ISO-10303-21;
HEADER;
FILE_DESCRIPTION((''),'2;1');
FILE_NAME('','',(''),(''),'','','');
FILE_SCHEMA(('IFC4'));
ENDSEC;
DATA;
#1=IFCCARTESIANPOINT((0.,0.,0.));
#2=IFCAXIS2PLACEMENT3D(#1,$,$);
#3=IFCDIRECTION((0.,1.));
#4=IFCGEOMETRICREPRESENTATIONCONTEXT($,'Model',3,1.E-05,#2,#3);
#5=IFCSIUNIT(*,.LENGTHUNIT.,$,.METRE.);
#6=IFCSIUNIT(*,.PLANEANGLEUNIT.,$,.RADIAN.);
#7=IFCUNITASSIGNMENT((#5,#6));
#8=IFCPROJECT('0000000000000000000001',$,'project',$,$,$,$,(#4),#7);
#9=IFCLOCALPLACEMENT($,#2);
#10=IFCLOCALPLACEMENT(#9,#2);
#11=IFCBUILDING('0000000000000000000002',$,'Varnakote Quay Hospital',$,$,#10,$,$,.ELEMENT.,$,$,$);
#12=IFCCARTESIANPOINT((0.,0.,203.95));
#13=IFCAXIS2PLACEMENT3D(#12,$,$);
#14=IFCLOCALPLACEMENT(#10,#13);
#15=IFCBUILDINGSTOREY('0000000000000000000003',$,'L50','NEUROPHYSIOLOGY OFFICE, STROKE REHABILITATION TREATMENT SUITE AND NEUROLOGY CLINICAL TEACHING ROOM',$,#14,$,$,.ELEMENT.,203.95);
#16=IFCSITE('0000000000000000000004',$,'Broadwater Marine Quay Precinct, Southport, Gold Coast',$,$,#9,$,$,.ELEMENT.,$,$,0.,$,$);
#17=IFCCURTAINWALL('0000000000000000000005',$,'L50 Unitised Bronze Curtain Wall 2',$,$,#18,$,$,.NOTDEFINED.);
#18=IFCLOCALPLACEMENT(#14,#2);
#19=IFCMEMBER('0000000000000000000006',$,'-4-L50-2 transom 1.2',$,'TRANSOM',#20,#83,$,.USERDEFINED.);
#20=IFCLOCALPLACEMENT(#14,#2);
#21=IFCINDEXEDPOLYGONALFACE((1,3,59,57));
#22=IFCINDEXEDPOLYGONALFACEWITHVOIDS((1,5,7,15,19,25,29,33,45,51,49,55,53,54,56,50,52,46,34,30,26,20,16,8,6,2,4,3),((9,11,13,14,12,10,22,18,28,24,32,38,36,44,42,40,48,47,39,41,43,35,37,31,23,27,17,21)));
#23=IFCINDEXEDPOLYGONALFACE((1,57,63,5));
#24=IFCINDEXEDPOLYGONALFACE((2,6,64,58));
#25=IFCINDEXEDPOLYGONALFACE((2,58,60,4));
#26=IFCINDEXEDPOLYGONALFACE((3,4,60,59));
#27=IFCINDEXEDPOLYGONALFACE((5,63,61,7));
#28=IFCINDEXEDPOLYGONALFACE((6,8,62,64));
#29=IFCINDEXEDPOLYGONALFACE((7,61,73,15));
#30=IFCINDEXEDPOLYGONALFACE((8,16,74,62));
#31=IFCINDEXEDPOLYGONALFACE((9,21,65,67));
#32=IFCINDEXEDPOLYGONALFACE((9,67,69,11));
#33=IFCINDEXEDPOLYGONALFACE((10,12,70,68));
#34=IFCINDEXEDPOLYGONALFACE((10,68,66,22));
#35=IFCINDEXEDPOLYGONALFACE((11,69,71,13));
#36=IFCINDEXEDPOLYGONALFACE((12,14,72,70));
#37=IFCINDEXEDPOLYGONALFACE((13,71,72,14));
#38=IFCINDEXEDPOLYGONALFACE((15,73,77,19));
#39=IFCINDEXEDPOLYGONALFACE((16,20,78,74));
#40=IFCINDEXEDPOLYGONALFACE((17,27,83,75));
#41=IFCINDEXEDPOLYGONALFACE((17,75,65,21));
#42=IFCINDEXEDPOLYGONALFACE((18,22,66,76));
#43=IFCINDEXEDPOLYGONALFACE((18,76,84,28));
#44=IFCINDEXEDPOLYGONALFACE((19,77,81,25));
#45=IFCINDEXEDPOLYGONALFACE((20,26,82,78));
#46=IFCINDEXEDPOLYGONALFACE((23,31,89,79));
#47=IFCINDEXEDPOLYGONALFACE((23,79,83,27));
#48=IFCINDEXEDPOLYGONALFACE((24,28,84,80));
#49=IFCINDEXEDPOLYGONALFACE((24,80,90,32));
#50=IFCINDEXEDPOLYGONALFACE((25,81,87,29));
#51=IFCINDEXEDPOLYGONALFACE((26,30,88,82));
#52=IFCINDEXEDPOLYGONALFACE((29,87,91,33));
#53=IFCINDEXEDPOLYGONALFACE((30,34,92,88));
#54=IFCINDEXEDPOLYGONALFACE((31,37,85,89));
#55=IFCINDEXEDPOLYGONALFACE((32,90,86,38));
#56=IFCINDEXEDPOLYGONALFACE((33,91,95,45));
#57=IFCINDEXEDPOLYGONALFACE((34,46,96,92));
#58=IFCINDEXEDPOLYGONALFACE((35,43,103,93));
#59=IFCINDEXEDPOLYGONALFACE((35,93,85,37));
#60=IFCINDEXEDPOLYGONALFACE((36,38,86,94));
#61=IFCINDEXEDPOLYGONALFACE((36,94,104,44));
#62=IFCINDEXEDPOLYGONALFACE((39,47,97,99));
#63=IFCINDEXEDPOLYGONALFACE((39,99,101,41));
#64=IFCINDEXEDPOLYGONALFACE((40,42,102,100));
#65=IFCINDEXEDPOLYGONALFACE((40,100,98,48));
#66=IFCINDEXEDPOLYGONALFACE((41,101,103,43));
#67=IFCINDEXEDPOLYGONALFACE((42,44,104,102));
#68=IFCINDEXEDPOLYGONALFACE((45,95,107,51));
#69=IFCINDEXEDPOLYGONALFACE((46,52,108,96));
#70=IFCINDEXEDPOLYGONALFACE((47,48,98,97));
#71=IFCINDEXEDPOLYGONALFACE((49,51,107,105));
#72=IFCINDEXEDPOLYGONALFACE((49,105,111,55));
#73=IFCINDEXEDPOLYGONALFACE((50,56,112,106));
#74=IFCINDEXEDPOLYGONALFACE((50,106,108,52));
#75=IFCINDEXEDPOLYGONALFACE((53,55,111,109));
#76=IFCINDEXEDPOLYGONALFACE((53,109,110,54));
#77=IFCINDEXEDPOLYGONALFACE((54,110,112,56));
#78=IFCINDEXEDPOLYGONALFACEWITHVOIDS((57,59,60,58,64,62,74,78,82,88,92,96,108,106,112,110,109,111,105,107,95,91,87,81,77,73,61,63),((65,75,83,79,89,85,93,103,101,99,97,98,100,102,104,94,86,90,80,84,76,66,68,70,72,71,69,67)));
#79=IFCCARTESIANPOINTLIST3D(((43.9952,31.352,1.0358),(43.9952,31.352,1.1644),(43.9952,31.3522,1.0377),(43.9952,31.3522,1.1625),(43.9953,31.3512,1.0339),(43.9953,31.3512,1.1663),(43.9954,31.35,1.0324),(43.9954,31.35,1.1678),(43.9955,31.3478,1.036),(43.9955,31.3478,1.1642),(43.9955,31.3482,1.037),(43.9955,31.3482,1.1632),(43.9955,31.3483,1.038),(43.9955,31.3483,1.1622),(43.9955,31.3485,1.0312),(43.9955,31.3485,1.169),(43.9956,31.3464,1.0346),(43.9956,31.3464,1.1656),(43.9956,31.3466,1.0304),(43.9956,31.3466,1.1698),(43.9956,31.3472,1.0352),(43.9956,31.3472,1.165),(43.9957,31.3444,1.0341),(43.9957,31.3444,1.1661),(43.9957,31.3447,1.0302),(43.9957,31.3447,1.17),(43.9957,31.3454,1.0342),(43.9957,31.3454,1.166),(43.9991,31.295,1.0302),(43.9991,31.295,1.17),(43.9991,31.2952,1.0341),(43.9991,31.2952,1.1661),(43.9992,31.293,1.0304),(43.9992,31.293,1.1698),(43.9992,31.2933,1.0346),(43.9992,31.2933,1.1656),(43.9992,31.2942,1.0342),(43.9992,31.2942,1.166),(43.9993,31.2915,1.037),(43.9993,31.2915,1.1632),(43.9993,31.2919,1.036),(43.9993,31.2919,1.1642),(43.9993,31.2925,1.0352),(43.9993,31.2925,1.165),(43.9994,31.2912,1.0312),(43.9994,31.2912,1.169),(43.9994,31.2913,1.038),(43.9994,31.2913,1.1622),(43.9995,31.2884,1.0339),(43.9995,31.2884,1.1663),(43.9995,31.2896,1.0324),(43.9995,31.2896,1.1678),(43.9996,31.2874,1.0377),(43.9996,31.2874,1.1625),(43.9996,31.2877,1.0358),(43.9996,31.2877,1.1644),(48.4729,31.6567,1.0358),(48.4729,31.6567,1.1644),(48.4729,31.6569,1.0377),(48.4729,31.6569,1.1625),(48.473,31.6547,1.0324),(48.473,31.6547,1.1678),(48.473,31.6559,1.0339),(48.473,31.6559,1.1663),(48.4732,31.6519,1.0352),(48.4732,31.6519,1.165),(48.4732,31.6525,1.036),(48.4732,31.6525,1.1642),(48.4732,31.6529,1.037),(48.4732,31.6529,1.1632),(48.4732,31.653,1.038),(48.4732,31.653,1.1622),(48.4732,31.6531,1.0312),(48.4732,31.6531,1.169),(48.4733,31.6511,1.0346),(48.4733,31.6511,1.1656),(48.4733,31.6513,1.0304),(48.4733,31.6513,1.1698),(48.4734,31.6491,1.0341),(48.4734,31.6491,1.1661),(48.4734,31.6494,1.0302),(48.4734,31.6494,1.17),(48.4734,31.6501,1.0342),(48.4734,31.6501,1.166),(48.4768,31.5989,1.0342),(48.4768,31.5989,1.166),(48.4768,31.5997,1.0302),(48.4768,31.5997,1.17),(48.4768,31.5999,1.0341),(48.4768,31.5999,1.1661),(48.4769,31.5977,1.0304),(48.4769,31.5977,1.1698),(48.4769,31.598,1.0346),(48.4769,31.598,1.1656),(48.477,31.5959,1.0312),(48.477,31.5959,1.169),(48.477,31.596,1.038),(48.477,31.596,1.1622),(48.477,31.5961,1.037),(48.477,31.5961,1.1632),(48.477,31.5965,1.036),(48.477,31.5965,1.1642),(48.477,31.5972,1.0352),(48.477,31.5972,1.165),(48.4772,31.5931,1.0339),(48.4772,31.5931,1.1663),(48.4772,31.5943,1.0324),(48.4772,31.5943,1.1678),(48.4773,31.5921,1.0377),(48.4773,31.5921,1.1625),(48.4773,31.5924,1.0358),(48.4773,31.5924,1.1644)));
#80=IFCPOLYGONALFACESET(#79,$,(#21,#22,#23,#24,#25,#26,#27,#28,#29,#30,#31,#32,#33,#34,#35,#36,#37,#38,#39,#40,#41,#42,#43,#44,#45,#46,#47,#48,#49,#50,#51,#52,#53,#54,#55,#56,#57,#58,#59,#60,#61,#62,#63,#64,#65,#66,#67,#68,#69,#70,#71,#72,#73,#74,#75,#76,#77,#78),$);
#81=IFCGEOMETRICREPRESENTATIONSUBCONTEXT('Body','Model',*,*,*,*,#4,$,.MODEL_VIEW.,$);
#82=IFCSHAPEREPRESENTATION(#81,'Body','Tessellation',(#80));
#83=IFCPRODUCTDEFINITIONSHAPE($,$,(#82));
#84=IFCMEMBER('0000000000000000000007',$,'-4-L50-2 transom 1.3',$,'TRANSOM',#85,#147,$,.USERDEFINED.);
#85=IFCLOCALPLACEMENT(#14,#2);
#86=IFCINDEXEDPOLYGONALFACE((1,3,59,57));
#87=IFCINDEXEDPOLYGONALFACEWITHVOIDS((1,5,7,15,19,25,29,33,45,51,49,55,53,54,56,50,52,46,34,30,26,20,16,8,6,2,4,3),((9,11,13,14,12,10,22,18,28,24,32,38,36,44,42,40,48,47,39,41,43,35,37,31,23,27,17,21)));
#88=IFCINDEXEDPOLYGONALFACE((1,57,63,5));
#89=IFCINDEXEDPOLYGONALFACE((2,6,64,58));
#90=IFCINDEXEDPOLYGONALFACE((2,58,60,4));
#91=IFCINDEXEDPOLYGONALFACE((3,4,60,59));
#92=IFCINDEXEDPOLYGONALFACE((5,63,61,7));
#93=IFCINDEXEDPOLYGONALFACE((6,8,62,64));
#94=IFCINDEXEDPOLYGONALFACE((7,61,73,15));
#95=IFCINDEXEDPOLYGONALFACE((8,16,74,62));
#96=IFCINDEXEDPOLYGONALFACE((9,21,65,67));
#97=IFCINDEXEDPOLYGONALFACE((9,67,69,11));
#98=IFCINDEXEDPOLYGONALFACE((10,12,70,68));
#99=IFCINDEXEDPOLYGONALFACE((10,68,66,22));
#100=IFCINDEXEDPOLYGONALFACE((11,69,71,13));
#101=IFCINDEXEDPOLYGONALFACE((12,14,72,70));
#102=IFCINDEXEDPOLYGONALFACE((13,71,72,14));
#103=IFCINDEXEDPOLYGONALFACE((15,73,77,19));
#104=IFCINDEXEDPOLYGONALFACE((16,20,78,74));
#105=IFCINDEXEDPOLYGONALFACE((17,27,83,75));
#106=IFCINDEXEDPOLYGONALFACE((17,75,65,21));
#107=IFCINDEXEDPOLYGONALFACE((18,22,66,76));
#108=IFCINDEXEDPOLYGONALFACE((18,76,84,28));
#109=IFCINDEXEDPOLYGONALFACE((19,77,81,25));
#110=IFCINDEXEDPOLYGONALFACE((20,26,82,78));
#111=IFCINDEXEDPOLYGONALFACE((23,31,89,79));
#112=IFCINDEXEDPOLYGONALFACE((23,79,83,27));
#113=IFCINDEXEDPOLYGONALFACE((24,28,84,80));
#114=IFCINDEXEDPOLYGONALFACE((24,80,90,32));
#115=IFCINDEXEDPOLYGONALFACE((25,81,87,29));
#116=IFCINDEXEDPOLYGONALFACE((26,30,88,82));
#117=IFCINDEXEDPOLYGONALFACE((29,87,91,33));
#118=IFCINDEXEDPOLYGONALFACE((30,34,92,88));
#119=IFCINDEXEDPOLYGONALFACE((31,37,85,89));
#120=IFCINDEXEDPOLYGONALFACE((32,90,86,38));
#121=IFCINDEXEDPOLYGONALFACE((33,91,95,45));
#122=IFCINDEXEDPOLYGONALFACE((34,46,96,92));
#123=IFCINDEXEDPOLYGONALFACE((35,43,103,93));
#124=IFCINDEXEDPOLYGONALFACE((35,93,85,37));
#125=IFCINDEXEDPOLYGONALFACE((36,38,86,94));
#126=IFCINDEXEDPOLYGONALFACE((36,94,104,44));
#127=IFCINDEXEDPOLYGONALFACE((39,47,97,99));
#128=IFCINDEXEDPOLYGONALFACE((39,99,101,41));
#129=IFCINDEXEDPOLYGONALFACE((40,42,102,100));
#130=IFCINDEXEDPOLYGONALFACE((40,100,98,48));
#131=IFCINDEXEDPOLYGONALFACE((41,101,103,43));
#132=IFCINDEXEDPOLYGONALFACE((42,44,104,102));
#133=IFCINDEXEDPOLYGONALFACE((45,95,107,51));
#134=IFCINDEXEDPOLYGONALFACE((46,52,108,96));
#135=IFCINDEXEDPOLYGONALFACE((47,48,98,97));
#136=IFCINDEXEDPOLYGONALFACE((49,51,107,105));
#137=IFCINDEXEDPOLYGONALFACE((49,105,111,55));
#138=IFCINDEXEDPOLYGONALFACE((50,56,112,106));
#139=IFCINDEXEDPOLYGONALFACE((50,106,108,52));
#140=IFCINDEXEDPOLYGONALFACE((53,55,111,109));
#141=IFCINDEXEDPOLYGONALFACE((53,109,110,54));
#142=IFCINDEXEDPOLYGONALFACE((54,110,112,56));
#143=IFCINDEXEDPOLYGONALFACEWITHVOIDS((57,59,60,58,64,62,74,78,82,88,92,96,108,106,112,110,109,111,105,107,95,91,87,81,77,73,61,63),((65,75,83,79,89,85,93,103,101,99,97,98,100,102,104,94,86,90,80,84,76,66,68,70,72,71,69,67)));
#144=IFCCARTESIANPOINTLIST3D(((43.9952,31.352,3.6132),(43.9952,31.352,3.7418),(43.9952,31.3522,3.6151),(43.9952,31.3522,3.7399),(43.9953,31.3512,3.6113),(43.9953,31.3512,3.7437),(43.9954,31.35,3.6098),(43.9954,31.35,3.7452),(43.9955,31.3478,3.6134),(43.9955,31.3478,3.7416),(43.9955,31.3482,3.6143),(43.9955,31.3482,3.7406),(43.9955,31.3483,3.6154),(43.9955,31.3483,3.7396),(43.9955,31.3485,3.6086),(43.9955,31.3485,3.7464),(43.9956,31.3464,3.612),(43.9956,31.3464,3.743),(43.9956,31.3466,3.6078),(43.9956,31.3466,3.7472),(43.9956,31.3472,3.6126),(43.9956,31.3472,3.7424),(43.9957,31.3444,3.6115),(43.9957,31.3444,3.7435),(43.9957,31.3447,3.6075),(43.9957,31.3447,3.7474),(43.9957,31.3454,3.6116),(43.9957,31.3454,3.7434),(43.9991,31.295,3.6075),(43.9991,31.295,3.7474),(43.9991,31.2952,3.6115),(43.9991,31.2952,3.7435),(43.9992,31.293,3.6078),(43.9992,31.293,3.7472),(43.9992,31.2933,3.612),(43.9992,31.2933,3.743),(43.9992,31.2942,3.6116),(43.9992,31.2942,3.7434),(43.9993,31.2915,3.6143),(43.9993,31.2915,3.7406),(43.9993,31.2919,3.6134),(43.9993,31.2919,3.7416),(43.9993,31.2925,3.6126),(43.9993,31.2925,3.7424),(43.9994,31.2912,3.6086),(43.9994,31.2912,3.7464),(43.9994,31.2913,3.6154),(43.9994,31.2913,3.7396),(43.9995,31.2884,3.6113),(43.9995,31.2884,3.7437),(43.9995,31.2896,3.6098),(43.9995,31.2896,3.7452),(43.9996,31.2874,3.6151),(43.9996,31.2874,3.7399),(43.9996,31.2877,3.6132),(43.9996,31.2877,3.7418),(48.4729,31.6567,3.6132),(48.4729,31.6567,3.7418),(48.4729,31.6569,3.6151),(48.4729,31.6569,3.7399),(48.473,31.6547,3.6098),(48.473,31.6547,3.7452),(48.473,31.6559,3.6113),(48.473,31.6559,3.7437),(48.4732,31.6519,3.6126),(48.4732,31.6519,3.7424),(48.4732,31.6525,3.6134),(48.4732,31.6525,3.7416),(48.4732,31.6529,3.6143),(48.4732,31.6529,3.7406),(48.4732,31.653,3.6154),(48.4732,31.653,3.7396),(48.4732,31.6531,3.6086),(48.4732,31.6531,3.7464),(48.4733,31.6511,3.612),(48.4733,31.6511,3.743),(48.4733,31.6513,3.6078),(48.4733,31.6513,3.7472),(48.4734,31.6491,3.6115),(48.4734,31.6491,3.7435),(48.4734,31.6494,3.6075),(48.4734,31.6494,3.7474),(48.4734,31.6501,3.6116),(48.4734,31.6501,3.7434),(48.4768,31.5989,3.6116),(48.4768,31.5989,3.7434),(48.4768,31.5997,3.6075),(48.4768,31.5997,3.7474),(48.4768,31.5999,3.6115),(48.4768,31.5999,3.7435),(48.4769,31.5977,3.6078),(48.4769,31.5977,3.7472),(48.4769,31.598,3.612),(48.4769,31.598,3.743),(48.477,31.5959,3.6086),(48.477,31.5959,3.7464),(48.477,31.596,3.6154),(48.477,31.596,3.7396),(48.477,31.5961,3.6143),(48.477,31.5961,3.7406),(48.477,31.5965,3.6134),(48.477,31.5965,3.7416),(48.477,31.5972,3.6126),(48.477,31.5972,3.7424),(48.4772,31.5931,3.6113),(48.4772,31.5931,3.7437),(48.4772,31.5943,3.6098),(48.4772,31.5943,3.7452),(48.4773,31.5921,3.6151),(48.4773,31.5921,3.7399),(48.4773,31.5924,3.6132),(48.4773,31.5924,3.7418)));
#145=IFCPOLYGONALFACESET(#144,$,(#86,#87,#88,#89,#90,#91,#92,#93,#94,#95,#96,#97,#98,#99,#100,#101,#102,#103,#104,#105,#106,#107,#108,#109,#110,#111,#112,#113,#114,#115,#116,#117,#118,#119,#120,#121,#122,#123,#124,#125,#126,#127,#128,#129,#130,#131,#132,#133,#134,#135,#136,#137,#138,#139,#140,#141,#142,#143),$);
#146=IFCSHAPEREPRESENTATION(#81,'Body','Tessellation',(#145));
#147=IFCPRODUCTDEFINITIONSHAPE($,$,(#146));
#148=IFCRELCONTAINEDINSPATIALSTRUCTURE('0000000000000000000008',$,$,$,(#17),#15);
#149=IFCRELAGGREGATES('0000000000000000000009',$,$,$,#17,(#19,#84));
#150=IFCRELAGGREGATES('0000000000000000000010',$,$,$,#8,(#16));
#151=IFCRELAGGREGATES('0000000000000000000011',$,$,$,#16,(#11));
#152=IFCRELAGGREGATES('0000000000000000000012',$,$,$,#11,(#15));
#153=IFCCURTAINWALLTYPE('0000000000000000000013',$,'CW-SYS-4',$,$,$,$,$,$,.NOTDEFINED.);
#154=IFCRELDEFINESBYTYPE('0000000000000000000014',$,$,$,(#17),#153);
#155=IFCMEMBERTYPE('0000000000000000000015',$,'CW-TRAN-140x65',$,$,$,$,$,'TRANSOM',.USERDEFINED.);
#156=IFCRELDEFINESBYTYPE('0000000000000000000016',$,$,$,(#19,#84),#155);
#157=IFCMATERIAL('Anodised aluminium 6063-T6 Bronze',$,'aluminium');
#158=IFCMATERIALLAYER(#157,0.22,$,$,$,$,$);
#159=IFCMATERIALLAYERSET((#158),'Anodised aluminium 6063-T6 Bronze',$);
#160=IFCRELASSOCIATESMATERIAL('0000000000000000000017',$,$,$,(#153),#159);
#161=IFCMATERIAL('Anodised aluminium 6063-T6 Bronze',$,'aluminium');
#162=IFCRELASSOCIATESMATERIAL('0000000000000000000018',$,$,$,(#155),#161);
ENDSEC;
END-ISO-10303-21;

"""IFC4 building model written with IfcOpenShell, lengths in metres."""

from ifc_helpers import new_model, si_unit, direction, frame, origin, origin_2d, place, context, subcontext, project, spatial, hollow_rectangle, extrude, material, layer, layer_set, material_profile, profile_set, type_object, element, aggregate, save


model = new_model("IFC4")

# Units and contexts
model_context = context("Model", 3, precision=1e-05, world=origin(), true_north=direction((0.0, 1.0)))
body_context = subcontext(model_context, "Body", "Model", "MODEL_VIEW")
ifc_project = project(units=[si_unit("LENGTHUNIT", "METRE"), si_unit("PLANEANGLEUNIT", "RADIAN")], contexts=[model_context])

# Site, building, storey
site_placement = place(None, origin())
site = spatial("IfcSite", under=ifc_project, at=site_placement, Name="Broadwater Marine Quay Precinct, Southport, Gold Coast", CompositionType="ELEMENT", RefElevation=0.0)
building_placement = place(site_placement, origin())
building = spatial("IfcBuilding", under=site, at=building_placement, Name="Varnakote Quay Hospital", CompositionType="ELEMENT")
storey_placement = place(building_placement, frame((0.0, 0.0, 203.95)))
storey = spatial("IfcBuildingStorey", under=building, at=storey_placement, Name="L50", Description="NEUROPHYSIOLOGY OFFICE, STROKE REHABILITATION TREATMENT SUITE AND NEUROLOGY CLINICAL TEACHING ROOM", CompositionType="ELEMENT", Elevation=203.95)

# Curtain wall
ifc_material_1 = material(Name="Anodised aluminium 6063-T6 Bronze", Category="aluminium")
ifc_layer_1 = layer(ifc_material_1, 0.22)
ifc_layer_set_1 = layer_set([ifc_layer_1], Name="Anodised aluminium 6063-T6 Bronze")
curtain_wall_type = type_object("IfcCurtainWallType", Name="CW-SYS-4", PredefinedType="NOTDEFINED", material=ifc_layer_set_1)
curtain_wall_1_placement = place(storey_placement, origin())
curtain_wall_1 = element("IfcCurtainWall", 1, at=curtain_wall_1_placement, inside=storey, type_object=curtain_wall_type, Name="L50 Unitised Bronze Curtain Wall 2", PredefinedType="NOTDEFINED")

# Members
ifc_material_2 = material(Name="Anodised aluminium 6063-T6 Bronze", Category="aluminium")
ifc_material_profile_1 = material_profile(ifc_material_2, hollow_rectangle(XDim=0.0649, YDim=0.1399, WallThickness=0.0039, InnerFilletRadius=0.0039, OuterFilletRadius=0.0076, at=origin_2d()), Name="CW-TRAN-140x65")
ifc_profile_set_1 = profile_set([ifc_material_profile_1], Name="Anodised aluminium 6063-T6 Bronze")
member_type_1 = type_object("IfcMemberType", Name="CW-TRAN-140x65", ElementType="TRANSOM", PredefinedType="USERDEFINED", material=ifc_profile_set_1)
member_1_placement = place(storey_placement, frame((48.4751, 31.6245, 1.1001), z_axis=(-0.997693, -0.067887, 0.0), x_axis=(0.067887, -0.997693, 0.0)))
member_1 = element("IfcMember", 2, at=member_1_placement, type_object=member_type_1, Name="-4-L50-2 transom 1.2", ObjectType="TRANSOM", PredefinedType="USERDEFINED", context=body_context, shape_type="SweptSolid", body=[
    extrude(hollow_rectangle(XDim=0.0649, YDim=0.1399, WallThickness=0.0039, InnerFilletRadius=0.0039, OuterFilletRadius=0.0076, at=origin_2d()), origin(), (0.0, 0.0, 1.0), 4.488),
])
member_2_placement = place(storey_placement, frame((48.4751, 31.6245, 3.6775), z_axis=(-0.997693, -0.067887, 0.0), x_axis=(0.067887, -0.997693, 0.0)))
member_2 = element("IfcMember", 3, at=member_2_placement, type_object=member_type_1, Name="-4-L50-2 transom 1.3", ObjectType="TRANSOM", PredefinedType="USERDEFINED", context=body_context, shape_type="SweptSolid", body=[
    extrude(hollow_rectangle(XDim=0.0649, YDim=0.1399, WallThickness=0.0039, InnerFilletRadius=0.0039, OuterFilletRadius=0.0076, at=origin_2d()), origin(), (0.0, 0.0, 1.0), 4.488),
])

aggregate(curtain_wall_1, [member_1, member_2])

save(model, "model.ifc")
